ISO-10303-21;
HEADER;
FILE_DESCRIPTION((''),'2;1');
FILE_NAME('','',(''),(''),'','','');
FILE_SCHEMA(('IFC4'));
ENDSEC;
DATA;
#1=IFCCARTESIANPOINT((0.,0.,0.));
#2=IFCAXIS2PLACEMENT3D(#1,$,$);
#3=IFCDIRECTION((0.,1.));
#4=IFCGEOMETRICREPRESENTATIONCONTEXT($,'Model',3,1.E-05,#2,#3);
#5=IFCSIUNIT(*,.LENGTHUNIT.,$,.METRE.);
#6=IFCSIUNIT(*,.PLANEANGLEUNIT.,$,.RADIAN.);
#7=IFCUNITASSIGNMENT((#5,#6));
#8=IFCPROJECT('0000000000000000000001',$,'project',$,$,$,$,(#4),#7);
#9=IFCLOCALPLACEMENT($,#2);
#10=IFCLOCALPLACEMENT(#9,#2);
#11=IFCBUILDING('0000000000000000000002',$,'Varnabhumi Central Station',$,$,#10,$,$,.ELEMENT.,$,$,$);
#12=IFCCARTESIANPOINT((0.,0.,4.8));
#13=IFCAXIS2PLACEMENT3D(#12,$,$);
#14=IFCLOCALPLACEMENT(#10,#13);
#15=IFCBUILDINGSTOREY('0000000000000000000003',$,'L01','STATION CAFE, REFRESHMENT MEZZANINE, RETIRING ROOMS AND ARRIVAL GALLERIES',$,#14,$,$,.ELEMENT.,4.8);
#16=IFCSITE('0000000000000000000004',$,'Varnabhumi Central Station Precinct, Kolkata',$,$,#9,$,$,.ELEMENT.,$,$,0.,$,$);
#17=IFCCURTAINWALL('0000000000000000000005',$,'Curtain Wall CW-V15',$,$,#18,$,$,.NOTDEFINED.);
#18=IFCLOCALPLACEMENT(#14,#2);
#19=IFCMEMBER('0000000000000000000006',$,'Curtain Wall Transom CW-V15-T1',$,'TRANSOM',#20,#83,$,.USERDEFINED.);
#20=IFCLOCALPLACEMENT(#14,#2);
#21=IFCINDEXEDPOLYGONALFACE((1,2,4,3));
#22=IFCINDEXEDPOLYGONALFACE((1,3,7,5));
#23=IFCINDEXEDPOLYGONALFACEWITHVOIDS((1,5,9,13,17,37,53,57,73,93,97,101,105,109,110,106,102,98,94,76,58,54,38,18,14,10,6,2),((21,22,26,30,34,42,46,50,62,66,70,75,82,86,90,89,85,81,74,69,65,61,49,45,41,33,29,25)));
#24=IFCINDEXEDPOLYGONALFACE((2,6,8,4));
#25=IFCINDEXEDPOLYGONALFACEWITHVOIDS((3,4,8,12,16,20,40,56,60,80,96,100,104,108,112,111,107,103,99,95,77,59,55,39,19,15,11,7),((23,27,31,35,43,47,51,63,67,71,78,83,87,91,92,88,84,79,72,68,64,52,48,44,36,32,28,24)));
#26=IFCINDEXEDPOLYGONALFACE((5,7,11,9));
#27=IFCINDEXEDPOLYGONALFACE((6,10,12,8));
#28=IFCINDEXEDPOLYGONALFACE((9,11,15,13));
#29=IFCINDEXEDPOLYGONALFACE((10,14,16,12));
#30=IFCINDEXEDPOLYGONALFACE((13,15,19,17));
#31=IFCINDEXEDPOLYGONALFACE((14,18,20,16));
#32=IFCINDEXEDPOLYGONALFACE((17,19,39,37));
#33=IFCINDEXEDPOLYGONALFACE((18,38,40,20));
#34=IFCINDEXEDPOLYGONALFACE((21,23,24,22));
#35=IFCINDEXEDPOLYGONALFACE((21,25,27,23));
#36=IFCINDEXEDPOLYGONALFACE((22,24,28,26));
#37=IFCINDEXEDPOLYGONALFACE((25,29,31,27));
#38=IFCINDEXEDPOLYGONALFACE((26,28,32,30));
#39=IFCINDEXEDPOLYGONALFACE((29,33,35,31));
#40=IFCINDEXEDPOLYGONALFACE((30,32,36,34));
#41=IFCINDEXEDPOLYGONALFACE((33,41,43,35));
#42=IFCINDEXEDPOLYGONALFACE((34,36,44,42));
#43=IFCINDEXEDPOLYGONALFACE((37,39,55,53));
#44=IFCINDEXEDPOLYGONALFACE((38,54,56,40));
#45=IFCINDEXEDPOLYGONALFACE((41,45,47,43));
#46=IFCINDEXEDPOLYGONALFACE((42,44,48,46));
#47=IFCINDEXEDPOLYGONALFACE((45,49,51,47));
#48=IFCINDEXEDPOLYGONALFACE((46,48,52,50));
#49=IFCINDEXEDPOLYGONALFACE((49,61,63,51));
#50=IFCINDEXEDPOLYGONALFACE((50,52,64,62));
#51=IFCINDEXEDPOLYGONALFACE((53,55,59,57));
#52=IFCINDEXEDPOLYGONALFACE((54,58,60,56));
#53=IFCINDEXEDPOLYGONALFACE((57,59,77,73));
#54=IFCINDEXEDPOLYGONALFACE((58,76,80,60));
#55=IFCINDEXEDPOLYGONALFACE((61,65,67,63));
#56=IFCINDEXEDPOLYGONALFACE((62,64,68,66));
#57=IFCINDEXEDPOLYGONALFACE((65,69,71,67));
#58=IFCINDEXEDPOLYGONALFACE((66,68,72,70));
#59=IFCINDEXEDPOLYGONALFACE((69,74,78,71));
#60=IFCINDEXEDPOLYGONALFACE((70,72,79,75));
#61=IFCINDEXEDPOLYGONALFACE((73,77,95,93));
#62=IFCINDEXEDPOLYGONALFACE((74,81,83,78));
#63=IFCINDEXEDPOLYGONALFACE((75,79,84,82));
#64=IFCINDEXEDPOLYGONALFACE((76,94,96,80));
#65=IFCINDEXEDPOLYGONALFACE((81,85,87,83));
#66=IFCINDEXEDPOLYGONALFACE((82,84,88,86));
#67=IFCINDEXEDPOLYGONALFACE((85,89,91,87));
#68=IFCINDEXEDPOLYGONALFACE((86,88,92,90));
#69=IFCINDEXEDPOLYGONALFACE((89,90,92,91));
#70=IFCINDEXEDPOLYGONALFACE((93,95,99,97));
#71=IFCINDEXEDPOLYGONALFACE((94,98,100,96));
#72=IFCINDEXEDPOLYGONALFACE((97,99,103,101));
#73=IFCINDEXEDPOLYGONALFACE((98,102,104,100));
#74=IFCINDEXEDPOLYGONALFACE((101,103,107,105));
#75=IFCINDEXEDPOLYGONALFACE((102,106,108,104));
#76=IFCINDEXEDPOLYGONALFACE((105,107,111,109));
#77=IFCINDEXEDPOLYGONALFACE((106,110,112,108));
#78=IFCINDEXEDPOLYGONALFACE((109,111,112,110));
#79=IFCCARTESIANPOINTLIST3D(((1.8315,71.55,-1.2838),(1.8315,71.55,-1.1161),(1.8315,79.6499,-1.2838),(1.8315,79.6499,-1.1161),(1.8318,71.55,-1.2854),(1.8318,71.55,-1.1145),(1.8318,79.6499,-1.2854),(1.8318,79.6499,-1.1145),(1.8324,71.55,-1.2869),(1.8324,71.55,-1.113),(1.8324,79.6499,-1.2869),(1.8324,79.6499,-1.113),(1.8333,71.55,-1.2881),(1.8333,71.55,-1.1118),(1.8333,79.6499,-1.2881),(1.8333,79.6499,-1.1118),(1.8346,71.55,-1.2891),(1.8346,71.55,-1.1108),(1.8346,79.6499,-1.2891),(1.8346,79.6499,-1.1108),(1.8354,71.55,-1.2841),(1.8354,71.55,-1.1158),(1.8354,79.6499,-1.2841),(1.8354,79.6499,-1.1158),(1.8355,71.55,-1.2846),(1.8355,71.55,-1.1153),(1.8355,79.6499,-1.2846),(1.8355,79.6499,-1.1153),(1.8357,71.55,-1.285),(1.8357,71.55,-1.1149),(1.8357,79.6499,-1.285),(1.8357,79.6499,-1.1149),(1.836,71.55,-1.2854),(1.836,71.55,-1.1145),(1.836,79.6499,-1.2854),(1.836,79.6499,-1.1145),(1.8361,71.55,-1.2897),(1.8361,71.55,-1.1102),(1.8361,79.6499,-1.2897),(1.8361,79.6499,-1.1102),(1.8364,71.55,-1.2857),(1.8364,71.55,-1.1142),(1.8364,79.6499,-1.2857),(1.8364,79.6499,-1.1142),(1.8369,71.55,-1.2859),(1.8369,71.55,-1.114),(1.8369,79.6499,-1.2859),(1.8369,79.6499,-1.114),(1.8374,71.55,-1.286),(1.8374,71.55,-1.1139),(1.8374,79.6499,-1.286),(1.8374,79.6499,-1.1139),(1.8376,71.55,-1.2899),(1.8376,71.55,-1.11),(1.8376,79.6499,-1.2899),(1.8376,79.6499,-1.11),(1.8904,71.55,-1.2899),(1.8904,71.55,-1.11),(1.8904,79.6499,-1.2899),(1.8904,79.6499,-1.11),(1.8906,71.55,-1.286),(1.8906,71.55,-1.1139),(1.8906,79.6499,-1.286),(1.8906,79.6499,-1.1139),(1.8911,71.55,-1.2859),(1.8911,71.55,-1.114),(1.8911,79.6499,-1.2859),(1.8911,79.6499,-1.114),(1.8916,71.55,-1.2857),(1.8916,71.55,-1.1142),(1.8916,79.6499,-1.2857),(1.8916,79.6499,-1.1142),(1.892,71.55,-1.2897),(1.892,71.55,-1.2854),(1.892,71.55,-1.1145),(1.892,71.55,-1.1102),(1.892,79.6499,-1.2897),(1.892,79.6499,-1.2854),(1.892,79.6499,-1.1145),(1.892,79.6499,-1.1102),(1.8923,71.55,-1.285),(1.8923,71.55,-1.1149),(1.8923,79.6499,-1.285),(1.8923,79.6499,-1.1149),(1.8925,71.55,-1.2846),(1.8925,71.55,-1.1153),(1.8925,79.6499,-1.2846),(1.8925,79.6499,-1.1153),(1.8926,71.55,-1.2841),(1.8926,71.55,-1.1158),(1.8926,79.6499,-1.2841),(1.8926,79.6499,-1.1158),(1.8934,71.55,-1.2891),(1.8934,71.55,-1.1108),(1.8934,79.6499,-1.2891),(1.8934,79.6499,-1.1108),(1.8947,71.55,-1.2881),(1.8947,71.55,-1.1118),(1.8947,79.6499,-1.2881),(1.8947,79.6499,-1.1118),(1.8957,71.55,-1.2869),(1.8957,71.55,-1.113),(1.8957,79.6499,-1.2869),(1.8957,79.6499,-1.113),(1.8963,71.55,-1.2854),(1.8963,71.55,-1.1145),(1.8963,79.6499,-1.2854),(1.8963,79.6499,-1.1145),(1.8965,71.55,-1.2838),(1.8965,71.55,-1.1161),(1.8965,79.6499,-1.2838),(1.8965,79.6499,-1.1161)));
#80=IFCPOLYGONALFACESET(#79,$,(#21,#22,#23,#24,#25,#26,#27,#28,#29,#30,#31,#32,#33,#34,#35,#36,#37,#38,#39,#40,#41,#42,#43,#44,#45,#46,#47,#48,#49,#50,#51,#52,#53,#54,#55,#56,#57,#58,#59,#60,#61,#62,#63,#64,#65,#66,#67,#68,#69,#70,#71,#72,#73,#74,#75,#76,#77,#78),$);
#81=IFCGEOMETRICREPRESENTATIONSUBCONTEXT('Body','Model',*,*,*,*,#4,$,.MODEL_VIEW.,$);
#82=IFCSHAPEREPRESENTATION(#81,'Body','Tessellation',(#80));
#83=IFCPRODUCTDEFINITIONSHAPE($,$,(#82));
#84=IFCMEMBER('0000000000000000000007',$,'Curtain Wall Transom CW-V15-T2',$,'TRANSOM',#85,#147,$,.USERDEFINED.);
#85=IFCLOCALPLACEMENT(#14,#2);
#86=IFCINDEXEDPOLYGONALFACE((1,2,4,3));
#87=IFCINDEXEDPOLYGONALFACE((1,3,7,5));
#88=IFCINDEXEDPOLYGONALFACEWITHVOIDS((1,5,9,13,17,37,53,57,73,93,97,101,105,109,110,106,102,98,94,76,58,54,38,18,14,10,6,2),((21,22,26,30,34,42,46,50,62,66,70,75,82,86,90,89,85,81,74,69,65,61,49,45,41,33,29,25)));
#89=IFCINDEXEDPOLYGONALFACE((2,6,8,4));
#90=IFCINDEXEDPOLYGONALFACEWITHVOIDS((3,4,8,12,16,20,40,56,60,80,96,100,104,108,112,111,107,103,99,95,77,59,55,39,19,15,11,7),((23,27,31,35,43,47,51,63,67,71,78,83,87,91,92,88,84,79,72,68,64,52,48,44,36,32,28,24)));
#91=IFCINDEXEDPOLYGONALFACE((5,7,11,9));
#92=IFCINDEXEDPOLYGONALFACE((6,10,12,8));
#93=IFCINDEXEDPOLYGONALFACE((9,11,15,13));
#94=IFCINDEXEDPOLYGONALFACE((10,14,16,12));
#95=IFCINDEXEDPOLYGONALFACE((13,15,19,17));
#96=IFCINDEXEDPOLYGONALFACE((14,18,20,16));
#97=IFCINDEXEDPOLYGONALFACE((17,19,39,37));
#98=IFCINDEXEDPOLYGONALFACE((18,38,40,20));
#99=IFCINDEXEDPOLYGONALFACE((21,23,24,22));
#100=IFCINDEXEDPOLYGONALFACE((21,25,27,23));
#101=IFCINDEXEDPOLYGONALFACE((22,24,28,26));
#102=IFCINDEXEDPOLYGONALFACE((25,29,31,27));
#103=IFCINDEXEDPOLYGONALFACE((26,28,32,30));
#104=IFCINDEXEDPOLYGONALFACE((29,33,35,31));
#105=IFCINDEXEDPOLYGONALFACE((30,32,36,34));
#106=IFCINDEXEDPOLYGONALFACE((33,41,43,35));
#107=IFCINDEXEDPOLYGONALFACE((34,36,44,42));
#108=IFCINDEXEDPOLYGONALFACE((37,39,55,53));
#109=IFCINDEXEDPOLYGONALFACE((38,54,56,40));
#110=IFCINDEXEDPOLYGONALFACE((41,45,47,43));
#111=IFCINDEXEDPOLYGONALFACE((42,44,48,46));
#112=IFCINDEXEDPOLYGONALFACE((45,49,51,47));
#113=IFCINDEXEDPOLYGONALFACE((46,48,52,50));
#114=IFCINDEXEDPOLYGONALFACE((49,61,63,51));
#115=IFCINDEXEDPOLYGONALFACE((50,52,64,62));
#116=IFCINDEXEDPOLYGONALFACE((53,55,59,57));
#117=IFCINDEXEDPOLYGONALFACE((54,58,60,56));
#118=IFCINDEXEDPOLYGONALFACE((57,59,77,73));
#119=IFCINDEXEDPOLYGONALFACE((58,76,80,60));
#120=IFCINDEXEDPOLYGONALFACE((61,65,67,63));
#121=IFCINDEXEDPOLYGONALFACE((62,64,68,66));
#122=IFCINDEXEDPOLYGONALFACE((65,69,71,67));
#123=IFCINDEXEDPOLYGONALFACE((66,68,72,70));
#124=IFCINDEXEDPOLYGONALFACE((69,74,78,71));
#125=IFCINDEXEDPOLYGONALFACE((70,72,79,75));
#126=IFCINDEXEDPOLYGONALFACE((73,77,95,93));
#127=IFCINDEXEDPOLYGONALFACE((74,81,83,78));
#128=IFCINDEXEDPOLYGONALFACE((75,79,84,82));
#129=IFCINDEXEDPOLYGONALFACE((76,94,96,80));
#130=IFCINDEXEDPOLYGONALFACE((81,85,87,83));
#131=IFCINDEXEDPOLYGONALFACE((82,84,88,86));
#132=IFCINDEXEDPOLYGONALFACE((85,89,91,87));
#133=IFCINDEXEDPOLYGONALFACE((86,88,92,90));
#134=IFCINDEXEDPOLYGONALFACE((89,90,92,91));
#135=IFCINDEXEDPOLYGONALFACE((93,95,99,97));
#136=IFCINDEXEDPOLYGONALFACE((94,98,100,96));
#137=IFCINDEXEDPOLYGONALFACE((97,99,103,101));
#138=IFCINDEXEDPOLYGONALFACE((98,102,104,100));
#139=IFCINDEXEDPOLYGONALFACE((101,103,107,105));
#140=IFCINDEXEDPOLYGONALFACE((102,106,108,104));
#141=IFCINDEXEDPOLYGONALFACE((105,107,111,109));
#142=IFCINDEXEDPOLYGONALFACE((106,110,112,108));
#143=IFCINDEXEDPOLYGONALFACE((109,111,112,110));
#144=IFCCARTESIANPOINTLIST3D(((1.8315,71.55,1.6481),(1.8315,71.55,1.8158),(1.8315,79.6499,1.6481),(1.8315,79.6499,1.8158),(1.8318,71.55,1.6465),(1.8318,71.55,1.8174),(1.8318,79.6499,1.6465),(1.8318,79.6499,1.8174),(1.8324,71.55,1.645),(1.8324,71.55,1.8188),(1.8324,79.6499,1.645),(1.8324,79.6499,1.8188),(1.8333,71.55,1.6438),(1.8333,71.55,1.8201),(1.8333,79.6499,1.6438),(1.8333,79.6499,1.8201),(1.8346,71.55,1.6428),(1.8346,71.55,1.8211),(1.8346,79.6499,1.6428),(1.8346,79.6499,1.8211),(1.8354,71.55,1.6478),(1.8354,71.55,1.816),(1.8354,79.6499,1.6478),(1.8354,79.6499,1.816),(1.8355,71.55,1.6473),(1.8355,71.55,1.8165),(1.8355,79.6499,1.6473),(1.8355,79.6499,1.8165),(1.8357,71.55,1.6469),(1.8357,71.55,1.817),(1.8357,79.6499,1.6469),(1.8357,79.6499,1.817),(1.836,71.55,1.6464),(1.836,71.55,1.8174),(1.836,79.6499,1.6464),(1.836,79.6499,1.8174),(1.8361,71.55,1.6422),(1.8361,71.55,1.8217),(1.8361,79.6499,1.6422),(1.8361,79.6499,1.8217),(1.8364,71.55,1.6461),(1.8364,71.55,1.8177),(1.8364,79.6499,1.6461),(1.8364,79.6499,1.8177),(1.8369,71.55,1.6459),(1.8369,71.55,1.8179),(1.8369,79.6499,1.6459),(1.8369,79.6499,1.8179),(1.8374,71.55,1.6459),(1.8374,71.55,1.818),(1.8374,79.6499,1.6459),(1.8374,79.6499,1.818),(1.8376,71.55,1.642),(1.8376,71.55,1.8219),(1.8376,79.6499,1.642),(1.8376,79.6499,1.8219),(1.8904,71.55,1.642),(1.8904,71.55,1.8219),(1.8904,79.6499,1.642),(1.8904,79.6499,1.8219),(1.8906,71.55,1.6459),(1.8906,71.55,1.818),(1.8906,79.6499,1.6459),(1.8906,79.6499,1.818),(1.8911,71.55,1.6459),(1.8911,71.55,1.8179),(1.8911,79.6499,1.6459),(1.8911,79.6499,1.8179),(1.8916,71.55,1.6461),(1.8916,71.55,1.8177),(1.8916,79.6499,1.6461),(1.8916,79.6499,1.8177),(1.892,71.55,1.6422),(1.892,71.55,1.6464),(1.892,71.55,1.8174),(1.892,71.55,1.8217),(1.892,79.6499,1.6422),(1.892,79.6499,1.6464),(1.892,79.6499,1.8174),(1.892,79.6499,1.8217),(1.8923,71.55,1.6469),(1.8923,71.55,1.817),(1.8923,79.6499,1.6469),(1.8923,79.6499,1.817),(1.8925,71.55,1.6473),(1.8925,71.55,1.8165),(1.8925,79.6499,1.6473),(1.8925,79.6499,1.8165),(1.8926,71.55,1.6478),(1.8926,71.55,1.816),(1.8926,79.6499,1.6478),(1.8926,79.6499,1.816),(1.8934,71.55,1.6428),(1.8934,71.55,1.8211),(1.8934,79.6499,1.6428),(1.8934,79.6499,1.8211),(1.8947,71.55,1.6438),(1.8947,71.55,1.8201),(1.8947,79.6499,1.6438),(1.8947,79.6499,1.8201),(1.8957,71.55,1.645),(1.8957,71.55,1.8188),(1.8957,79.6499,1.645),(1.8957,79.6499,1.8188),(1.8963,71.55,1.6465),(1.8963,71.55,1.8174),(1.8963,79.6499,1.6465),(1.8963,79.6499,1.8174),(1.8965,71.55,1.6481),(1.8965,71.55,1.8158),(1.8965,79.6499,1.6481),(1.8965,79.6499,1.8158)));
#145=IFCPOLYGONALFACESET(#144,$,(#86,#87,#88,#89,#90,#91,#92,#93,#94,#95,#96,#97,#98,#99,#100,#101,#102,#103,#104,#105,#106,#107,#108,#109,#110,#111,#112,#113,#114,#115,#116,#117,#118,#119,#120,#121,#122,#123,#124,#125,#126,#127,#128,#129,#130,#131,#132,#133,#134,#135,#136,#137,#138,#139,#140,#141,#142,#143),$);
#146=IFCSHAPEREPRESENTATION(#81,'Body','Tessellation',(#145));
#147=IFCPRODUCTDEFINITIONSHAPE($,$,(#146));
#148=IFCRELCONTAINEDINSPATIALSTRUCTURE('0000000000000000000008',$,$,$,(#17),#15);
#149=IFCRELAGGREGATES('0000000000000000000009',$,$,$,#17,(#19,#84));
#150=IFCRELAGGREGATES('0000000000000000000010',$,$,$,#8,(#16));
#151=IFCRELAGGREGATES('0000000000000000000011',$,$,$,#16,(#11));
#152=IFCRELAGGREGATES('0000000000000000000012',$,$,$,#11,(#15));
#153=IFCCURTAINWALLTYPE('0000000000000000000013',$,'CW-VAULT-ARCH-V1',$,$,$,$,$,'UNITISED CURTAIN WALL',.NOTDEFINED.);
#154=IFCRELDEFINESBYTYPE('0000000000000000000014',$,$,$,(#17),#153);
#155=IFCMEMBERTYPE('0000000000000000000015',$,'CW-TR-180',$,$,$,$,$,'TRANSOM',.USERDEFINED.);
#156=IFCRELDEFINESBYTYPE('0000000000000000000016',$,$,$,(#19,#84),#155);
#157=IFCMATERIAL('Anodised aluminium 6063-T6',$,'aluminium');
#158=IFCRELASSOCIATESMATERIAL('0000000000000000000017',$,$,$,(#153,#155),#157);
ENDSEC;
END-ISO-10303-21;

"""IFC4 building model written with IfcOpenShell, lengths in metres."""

from ifc_helpers import new_model, si_unit, direction, frame, origin, origin_2d, place, context, subcontext, project, spatial, hollow_rectangle, extrude, material, material_profile, profile_set, type_object, element, aggregate, save


model = new_model("IFC4")

# Units and contexts
model_context = context("Model", 3, precision=1e-05, world=origin(), true_north=direction((0.0, 1.0)))
body_context = subcontext(model_context, "Body", "Model", "MODEL_VIEW")
ifc_project = project(units=[si_unit("LENGTHUNIT", "METRE"), si_unit("PLANEANGLEUNIT", "RADIAN")], contexts=[model_context])

# Site, building, storey
site_placement = place(None, origin())
site = spatial("IfcSite", under=ifc_project, at=site_placement, Name="Varnabhumi Central Station Precinct, Kolkata", CompositionType="ELEMENT", RefElevation=0.0)
building_placement = place(site_placement, origin())
building = spatial("IfcBuilding", under=site, at=building_placement, Name="Varnabhumi Central Station", CompositionType="ELEMENT")
storey_placement = place(building_placement, frame((0.0, 0.0, 4.8)))
storey = spatial("IfcBuildingStorey", under=building, at=storey_placement, Name="L01", Description="STATION CAFE, REFRESHMENT MEZZANINE, RETIRING ROOMS AND ARRIVAL GALLERIES", CompositionType="ELEMENT", Elevation=4.8)

# Shared definitions
ifc_material_1 = material(Name="Anodised aluminium 6063-T6", Category="aluminium")
curtain_wall_type = type_object("IfcCurtainWallType", Name="CW-VAULT-ARCH-V1", ElementType="UNITISED CURTAIN WALL", PredefinedType="NOTDEFINED", material=ifc_material_1)

# Curtain wall
curtain_wall_1_placement = place(storey_placement, origin())
curtain_wall_1 = element("IfcCurtainWall", 1, at=curtain_wall_1_placement, inside=storey, type_object=curtain_wall_type, Name="Curtain Wall CW-V15", PredefinedType="NOTDEFINED")

# Members
ifc_material_profile_1 = material_profile(ifc_material_1, hollow_rectangle(XDim=0.0649, YDim=0.1799, WallThickness=0.0039, InnerFilletRadius=0.002, OuterFilletRadius=0.0061, at=origin_2d()), Name="Anodised aluminium 6063-T6", Category="aluminium")
ifc_profile_set_1 = profile_set([ifc_material_profile_1], Name="Anodised aluminium 6063-T6")
member_type_1 = type_object("IfcMemberType", Name="CW-TR-180", ElementType="TRANSOM", PredefinedType="USERDEFINED", material=ifc_profile_set_1)
member_1_placement = place(storey_placement, frame((1.864, 71.55, -1.2), z_axis=(0.0, 1.0, 0.0), x_axis=(-1.0, 0.0, 0.0)))
member_1 = element("IfcMember", 2, at=member_1_placement, type_object=member_type_1, Name="Curtain Wall Transom CW-V15-T1", ObjectType="TRANSOM", PredefinedType="USERDEFINED", context=body_context, shape_type="SweptSolid", body=[
    extrude(hollow_rectangle(XDim=0.0649, YDim=0.1799, WallThickness=0.0039, InnerFilletRadius=0.002, OuterFilletRadius=0.0061, at=origin_2d()), origin(), (0.0, 0.0, 1.0), 8.0999),
])
member_2_placement = place(storey_placement, frame((1.864, 71.55, 1.7319), z_axis=(0.0, 1.0, 0.0), x_axis=(-1.0, 0.0, 0.0)))
member_2 = element("IfcMember", 3, at=member_2_placement, type_object=member_type_1, Name="Curtain Wall Transom CW-V15-T2", ObjectType="TRANSOM", PredefinedType="USERDEFINED", context=body_context, shape_type="SweptSolid", body=[
    extrude(hollow_rectangle(XDim=0.0649, YDim=0.1799, WallThickness=0.0039, InnerFilletRadius=0.002, OuterFilletRadius=0.0061, at=origin_2d()), origin(), (0.0, 0.0, 1.0), 8.0999),
])

aggregate(curtain_wall_1, [member_1, member_2])

save(model, "model.ifc")
